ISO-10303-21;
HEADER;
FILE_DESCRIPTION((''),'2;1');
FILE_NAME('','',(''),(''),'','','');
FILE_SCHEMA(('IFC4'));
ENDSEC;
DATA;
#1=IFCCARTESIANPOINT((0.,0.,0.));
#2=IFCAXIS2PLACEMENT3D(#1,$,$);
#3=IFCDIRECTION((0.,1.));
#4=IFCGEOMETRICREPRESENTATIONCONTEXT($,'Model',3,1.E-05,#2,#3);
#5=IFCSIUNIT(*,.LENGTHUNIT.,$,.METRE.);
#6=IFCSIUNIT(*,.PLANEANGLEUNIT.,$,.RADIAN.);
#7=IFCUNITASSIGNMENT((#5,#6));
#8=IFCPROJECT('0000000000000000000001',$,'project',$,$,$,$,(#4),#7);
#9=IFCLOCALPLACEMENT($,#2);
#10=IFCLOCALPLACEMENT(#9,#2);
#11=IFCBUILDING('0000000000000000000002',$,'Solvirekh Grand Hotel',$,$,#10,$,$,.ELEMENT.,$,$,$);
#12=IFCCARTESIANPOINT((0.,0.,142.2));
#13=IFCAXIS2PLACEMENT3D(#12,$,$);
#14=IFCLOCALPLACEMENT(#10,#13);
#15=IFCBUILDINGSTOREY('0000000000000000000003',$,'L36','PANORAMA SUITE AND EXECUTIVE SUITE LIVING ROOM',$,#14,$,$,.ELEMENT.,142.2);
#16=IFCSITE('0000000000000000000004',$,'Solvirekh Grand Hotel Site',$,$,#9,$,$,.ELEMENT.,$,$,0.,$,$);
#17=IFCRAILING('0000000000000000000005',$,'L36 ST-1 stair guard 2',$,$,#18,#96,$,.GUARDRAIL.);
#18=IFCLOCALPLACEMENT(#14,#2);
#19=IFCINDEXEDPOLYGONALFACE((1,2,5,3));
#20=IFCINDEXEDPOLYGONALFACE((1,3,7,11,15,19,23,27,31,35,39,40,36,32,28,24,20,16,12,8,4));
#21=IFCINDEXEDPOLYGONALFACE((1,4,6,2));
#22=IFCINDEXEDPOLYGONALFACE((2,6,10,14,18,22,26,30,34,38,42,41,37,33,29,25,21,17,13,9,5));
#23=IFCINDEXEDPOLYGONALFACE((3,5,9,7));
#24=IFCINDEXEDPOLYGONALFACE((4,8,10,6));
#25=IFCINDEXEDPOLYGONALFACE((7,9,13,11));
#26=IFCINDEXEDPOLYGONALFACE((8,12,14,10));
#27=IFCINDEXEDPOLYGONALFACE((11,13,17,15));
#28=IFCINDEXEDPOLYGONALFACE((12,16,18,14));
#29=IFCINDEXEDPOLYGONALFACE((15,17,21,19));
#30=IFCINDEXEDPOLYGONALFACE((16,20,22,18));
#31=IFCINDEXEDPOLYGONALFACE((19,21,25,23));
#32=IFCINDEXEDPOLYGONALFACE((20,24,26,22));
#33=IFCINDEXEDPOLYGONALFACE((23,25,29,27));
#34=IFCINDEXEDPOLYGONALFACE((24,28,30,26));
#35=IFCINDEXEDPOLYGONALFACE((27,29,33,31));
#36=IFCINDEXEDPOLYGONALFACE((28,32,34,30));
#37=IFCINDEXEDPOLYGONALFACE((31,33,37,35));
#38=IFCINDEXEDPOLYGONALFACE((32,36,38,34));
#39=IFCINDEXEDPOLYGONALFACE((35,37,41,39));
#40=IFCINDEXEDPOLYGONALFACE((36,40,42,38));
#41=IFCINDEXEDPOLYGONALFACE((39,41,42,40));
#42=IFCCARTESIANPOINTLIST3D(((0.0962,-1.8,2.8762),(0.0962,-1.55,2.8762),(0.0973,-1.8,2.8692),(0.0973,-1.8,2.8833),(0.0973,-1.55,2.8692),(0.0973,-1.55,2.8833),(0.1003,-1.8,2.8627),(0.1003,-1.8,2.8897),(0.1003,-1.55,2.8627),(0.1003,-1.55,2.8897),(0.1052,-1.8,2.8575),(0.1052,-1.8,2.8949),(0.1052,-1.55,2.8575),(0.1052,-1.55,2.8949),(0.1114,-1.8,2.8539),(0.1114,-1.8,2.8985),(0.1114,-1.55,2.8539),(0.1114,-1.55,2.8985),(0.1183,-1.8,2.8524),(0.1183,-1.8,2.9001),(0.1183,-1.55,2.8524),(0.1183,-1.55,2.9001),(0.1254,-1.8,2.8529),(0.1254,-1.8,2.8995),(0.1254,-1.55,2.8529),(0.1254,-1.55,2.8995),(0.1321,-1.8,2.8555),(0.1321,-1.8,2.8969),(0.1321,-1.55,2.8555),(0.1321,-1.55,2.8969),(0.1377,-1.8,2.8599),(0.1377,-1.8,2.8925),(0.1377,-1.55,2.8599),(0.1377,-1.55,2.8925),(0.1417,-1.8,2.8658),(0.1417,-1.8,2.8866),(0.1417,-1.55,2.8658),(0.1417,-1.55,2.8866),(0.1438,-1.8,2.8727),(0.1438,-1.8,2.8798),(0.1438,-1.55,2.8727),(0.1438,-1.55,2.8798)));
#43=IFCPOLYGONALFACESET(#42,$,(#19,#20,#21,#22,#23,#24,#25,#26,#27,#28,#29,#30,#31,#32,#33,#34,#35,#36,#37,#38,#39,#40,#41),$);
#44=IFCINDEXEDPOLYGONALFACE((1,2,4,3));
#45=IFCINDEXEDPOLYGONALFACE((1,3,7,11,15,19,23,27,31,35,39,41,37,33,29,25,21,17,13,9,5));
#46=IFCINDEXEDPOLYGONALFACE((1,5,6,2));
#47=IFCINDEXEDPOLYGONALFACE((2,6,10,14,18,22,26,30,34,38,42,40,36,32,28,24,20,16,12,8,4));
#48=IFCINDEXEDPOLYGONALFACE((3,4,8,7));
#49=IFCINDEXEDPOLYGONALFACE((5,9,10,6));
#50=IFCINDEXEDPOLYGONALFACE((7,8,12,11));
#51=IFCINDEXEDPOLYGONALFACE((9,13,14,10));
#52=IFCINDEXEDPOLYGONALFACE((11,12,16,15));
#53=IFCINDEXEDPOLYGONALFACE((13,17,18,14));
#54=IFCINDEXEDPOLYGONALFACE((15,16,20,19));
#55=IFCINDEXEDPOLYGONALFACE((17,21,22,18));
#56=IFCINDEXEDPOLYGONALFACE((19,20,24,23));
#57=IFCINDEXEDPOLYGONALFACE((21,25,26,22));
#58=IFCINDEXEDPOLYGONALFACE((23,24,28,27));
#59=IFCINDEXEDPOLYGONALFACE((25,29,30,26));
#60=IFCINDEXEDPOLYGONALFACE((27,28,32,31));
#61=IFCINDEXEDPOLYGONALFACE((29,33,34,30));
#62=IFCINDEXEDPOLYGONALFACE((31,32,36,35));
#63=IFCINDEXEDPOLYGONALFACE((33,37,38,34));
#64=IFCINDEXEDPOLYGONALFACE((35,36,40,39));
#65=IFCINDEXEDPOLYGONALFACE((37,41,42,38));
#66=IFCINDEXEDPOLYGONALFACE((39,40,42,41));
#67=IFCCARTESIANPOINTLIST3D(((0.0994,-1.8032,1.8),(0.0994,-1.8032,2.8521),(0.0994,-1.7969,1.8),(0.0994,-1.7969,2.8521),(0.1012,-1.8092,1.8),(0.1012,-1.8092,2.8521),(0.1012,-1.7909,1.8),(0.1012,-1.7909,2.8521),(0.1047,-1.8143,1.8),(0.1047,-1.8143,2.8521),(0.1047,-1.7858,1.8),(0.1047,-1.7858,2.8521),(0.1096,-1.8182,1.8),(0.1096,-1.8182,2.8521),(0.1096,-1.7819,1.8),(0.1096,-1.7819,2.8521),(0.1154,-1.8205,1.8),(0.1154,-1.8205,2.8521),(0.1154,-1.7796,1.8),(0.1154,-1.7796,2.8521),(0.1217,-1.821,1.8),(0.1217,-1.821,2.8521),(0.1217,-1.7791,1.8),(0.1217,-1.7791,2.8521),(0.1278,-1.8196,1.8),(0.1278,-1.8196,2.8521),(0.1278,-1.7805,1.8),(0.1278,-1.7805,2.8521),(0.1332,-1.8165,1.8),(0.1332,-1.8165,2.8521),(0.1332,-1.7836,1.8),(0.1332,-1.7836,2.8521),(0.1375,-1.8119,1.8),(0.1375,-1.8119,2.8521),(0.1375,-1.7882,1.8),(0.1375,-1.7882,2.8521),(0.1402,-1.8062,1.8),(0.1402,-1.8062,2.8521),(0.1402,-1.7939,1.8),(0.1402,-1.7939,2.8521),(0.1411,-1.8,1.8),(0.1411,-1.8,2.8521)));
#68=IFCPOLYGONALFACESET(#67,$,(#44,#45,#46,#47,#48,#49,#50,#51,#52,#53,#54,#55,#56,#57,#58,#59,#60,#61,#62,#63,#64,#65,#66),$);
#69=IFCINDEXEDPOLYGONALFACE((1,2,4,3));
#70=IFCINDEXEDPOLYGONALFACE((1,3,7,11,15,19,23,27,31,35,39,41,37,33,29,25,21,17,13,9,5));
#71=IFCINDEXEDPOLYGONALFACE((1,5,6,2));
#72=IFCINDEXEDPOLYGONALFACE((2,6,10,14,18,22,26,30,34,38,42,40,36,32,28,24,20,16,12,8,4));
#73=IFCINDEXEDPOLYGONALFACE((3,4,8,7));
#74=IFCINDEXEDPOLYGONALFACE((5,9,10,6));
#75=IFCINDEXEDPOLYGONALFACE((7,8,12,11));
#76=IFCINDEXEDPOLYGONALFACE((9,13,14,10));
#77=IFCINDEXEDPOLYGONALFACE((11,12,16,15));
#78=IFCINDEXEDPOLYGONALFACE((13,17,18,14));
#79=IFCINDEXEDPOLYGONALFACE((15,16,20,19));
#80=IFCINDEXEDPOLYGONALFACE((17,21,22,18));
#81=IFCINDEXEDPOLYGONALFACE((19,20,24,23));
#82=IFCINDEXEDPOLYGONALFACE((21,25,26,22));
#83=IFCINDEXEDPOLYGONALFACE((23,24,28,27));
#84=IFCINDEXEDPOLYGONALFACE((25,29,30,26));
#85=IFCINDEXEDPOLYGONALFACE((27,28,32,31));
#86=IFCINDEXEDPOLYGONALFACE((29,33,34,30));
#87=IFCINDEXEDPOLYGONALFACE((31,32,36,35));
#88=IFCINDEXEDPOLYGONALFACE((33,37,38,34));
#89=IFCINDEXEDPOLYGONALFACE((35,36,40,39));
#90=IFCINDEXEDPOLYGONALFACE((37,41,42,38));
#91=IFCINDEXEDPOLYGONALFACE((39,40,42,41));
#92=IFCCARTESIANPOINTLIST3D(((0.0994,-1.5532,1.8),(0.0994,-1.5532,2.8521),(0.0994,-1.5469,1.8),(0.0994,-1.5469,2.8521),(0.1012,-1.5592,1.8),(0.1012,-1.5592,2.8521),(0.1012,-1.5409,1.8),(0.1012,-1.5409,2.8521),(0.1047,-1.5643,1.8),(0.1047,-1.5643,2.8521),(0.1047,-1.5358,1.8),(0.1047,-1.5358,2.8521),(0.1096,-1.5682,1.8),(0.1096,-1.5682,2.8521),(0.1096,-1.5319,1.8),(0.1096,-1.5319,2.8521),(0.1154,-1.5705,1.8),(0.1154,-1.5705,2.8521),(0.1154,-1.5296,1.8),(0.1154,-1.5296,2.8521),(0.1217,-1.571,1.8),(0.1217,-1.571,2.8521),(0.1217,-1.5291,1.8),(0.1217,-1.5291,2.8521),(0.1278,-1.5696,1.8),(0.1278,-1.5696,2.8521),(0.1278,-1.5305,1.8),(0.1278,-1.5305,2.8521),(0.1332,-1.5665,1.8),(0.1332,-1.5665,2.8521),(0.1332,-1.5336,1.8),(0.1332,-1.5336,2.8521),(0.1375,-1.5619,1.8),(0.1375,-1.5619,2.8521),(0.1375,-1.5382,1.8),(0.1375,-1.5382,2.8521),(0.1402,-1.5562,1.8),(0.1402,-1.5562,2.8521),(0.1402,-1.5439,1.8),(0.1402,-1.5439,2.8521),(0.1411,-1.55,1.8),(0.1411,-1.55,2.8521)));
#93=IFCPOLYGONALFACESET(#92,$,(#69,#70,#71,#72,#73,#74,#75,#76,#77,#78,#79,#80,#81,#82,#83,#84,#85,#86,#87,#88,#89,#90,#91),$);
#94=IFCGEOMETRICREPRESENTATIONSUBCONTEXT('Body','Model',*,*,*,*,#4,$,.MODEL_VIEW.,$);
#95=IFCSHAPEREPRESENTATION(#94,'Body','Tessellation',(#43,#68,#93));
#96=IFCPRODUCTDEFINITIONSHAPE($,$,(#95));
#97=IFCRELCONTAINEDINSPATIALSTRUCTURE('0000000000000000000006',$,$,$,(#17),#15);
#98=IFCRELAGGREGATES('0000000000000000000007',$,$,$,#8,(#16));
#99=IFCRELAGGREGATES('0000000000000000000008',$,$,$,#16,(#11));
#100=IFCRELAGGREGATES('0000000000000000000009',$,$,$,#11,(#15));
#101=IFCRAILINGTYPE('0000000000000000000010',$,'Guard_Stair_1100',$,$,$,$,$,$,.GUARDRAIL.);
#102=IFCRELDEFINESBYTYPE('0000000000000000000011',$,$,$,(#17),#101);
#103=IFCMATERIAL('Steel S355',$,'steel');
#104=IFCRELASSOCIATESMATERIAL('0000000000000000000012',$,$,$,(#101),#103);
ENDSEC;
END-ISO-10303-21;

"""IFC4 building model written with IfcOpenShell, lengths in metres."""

from ifc_helpers import new_model, si_unit, direction, frame, origin, origin_2d, place, context, subcontext, project, spatial, circle, extrude, material, type_object, element, save


model = new_model("IFC4")

# Units and contexts
model_context = context("Model", 3, precision=1e-05, world=origin(), true_north=direction((0.0, 1.0)))
body_context = subcontext(model_context, "Body", "Model", "MODEL_VIEW")
ifc_project = project(units=[si_unit("LENGTHUNIT", "METRE"), si_unit("PLANEANGLEUNIT", "RADIAN")], contexts=[model_context])

# Site, building, storey
site_placement = place(None, origin())
site = spatial("IfcSite", under=ifc_project, at=site_placement, Name="Solvirekh Grand Hotel Site", CompositionType="ELEMENT", RefElevation=0.0)
building_placement = place(site_placement, origin())
building = spatial("IfcBuilding", under=site, at=building_placement, Name="Solvirekh Grand Hotel", CompositionType="ELEMENT")
storey_placement = place(building_placement, frame((0.0, 0.0, 142.2)))
storey = spatial("IfcBuildingStorey", under=building, at=storey_placement, Name="L36", Description="PANORAMA SUITE AND EXECUTIVE SUITE LIVING ROOM", CompositionType="ELEMENT", Elevation=142.2)

# Shared definitions
ifc_material_1 = material(Name="Steel S355", Category="steel")

# Railing
railing_type = type_object("IfcRailingType", Name="Guard_Stair_1100", PredefinedType="GUARDRAIL", material=ifc_material_1)
railing_1_placement = place(storey_placement, frame((0.1201, -1.8, 1.8)))
element("IfcRailing", 1, at=railing_1_placement, inside=storey, type_object=railing_type, Name="L36 ST-1 stair guard 2", PredefinedType="GUARDRAIL", context=body_context, shape_type="SweptSolid", body=[
    extrude(circle(Radius=0.0239, at=origin_2d()), frame((0.0, 0.0, 1.0762), z_axis=(0.0, 1.0, 0.0), x_axis=(-1.0, 0.0, 0.0)), (0.0, 0.0, 1.0), 0.25),
    extrude(circle(Radius=0.021, at=origin_2d()), origin(), (0.0, 0.0, 1.0), 1.052),
    extrude(circle(Radius=0.021, at=origin_2d()), frame((0.0, 0.25, 0.0)), (0.0, 0.0, 1.0), 1.052),
])

save(model, "model.ifc")
